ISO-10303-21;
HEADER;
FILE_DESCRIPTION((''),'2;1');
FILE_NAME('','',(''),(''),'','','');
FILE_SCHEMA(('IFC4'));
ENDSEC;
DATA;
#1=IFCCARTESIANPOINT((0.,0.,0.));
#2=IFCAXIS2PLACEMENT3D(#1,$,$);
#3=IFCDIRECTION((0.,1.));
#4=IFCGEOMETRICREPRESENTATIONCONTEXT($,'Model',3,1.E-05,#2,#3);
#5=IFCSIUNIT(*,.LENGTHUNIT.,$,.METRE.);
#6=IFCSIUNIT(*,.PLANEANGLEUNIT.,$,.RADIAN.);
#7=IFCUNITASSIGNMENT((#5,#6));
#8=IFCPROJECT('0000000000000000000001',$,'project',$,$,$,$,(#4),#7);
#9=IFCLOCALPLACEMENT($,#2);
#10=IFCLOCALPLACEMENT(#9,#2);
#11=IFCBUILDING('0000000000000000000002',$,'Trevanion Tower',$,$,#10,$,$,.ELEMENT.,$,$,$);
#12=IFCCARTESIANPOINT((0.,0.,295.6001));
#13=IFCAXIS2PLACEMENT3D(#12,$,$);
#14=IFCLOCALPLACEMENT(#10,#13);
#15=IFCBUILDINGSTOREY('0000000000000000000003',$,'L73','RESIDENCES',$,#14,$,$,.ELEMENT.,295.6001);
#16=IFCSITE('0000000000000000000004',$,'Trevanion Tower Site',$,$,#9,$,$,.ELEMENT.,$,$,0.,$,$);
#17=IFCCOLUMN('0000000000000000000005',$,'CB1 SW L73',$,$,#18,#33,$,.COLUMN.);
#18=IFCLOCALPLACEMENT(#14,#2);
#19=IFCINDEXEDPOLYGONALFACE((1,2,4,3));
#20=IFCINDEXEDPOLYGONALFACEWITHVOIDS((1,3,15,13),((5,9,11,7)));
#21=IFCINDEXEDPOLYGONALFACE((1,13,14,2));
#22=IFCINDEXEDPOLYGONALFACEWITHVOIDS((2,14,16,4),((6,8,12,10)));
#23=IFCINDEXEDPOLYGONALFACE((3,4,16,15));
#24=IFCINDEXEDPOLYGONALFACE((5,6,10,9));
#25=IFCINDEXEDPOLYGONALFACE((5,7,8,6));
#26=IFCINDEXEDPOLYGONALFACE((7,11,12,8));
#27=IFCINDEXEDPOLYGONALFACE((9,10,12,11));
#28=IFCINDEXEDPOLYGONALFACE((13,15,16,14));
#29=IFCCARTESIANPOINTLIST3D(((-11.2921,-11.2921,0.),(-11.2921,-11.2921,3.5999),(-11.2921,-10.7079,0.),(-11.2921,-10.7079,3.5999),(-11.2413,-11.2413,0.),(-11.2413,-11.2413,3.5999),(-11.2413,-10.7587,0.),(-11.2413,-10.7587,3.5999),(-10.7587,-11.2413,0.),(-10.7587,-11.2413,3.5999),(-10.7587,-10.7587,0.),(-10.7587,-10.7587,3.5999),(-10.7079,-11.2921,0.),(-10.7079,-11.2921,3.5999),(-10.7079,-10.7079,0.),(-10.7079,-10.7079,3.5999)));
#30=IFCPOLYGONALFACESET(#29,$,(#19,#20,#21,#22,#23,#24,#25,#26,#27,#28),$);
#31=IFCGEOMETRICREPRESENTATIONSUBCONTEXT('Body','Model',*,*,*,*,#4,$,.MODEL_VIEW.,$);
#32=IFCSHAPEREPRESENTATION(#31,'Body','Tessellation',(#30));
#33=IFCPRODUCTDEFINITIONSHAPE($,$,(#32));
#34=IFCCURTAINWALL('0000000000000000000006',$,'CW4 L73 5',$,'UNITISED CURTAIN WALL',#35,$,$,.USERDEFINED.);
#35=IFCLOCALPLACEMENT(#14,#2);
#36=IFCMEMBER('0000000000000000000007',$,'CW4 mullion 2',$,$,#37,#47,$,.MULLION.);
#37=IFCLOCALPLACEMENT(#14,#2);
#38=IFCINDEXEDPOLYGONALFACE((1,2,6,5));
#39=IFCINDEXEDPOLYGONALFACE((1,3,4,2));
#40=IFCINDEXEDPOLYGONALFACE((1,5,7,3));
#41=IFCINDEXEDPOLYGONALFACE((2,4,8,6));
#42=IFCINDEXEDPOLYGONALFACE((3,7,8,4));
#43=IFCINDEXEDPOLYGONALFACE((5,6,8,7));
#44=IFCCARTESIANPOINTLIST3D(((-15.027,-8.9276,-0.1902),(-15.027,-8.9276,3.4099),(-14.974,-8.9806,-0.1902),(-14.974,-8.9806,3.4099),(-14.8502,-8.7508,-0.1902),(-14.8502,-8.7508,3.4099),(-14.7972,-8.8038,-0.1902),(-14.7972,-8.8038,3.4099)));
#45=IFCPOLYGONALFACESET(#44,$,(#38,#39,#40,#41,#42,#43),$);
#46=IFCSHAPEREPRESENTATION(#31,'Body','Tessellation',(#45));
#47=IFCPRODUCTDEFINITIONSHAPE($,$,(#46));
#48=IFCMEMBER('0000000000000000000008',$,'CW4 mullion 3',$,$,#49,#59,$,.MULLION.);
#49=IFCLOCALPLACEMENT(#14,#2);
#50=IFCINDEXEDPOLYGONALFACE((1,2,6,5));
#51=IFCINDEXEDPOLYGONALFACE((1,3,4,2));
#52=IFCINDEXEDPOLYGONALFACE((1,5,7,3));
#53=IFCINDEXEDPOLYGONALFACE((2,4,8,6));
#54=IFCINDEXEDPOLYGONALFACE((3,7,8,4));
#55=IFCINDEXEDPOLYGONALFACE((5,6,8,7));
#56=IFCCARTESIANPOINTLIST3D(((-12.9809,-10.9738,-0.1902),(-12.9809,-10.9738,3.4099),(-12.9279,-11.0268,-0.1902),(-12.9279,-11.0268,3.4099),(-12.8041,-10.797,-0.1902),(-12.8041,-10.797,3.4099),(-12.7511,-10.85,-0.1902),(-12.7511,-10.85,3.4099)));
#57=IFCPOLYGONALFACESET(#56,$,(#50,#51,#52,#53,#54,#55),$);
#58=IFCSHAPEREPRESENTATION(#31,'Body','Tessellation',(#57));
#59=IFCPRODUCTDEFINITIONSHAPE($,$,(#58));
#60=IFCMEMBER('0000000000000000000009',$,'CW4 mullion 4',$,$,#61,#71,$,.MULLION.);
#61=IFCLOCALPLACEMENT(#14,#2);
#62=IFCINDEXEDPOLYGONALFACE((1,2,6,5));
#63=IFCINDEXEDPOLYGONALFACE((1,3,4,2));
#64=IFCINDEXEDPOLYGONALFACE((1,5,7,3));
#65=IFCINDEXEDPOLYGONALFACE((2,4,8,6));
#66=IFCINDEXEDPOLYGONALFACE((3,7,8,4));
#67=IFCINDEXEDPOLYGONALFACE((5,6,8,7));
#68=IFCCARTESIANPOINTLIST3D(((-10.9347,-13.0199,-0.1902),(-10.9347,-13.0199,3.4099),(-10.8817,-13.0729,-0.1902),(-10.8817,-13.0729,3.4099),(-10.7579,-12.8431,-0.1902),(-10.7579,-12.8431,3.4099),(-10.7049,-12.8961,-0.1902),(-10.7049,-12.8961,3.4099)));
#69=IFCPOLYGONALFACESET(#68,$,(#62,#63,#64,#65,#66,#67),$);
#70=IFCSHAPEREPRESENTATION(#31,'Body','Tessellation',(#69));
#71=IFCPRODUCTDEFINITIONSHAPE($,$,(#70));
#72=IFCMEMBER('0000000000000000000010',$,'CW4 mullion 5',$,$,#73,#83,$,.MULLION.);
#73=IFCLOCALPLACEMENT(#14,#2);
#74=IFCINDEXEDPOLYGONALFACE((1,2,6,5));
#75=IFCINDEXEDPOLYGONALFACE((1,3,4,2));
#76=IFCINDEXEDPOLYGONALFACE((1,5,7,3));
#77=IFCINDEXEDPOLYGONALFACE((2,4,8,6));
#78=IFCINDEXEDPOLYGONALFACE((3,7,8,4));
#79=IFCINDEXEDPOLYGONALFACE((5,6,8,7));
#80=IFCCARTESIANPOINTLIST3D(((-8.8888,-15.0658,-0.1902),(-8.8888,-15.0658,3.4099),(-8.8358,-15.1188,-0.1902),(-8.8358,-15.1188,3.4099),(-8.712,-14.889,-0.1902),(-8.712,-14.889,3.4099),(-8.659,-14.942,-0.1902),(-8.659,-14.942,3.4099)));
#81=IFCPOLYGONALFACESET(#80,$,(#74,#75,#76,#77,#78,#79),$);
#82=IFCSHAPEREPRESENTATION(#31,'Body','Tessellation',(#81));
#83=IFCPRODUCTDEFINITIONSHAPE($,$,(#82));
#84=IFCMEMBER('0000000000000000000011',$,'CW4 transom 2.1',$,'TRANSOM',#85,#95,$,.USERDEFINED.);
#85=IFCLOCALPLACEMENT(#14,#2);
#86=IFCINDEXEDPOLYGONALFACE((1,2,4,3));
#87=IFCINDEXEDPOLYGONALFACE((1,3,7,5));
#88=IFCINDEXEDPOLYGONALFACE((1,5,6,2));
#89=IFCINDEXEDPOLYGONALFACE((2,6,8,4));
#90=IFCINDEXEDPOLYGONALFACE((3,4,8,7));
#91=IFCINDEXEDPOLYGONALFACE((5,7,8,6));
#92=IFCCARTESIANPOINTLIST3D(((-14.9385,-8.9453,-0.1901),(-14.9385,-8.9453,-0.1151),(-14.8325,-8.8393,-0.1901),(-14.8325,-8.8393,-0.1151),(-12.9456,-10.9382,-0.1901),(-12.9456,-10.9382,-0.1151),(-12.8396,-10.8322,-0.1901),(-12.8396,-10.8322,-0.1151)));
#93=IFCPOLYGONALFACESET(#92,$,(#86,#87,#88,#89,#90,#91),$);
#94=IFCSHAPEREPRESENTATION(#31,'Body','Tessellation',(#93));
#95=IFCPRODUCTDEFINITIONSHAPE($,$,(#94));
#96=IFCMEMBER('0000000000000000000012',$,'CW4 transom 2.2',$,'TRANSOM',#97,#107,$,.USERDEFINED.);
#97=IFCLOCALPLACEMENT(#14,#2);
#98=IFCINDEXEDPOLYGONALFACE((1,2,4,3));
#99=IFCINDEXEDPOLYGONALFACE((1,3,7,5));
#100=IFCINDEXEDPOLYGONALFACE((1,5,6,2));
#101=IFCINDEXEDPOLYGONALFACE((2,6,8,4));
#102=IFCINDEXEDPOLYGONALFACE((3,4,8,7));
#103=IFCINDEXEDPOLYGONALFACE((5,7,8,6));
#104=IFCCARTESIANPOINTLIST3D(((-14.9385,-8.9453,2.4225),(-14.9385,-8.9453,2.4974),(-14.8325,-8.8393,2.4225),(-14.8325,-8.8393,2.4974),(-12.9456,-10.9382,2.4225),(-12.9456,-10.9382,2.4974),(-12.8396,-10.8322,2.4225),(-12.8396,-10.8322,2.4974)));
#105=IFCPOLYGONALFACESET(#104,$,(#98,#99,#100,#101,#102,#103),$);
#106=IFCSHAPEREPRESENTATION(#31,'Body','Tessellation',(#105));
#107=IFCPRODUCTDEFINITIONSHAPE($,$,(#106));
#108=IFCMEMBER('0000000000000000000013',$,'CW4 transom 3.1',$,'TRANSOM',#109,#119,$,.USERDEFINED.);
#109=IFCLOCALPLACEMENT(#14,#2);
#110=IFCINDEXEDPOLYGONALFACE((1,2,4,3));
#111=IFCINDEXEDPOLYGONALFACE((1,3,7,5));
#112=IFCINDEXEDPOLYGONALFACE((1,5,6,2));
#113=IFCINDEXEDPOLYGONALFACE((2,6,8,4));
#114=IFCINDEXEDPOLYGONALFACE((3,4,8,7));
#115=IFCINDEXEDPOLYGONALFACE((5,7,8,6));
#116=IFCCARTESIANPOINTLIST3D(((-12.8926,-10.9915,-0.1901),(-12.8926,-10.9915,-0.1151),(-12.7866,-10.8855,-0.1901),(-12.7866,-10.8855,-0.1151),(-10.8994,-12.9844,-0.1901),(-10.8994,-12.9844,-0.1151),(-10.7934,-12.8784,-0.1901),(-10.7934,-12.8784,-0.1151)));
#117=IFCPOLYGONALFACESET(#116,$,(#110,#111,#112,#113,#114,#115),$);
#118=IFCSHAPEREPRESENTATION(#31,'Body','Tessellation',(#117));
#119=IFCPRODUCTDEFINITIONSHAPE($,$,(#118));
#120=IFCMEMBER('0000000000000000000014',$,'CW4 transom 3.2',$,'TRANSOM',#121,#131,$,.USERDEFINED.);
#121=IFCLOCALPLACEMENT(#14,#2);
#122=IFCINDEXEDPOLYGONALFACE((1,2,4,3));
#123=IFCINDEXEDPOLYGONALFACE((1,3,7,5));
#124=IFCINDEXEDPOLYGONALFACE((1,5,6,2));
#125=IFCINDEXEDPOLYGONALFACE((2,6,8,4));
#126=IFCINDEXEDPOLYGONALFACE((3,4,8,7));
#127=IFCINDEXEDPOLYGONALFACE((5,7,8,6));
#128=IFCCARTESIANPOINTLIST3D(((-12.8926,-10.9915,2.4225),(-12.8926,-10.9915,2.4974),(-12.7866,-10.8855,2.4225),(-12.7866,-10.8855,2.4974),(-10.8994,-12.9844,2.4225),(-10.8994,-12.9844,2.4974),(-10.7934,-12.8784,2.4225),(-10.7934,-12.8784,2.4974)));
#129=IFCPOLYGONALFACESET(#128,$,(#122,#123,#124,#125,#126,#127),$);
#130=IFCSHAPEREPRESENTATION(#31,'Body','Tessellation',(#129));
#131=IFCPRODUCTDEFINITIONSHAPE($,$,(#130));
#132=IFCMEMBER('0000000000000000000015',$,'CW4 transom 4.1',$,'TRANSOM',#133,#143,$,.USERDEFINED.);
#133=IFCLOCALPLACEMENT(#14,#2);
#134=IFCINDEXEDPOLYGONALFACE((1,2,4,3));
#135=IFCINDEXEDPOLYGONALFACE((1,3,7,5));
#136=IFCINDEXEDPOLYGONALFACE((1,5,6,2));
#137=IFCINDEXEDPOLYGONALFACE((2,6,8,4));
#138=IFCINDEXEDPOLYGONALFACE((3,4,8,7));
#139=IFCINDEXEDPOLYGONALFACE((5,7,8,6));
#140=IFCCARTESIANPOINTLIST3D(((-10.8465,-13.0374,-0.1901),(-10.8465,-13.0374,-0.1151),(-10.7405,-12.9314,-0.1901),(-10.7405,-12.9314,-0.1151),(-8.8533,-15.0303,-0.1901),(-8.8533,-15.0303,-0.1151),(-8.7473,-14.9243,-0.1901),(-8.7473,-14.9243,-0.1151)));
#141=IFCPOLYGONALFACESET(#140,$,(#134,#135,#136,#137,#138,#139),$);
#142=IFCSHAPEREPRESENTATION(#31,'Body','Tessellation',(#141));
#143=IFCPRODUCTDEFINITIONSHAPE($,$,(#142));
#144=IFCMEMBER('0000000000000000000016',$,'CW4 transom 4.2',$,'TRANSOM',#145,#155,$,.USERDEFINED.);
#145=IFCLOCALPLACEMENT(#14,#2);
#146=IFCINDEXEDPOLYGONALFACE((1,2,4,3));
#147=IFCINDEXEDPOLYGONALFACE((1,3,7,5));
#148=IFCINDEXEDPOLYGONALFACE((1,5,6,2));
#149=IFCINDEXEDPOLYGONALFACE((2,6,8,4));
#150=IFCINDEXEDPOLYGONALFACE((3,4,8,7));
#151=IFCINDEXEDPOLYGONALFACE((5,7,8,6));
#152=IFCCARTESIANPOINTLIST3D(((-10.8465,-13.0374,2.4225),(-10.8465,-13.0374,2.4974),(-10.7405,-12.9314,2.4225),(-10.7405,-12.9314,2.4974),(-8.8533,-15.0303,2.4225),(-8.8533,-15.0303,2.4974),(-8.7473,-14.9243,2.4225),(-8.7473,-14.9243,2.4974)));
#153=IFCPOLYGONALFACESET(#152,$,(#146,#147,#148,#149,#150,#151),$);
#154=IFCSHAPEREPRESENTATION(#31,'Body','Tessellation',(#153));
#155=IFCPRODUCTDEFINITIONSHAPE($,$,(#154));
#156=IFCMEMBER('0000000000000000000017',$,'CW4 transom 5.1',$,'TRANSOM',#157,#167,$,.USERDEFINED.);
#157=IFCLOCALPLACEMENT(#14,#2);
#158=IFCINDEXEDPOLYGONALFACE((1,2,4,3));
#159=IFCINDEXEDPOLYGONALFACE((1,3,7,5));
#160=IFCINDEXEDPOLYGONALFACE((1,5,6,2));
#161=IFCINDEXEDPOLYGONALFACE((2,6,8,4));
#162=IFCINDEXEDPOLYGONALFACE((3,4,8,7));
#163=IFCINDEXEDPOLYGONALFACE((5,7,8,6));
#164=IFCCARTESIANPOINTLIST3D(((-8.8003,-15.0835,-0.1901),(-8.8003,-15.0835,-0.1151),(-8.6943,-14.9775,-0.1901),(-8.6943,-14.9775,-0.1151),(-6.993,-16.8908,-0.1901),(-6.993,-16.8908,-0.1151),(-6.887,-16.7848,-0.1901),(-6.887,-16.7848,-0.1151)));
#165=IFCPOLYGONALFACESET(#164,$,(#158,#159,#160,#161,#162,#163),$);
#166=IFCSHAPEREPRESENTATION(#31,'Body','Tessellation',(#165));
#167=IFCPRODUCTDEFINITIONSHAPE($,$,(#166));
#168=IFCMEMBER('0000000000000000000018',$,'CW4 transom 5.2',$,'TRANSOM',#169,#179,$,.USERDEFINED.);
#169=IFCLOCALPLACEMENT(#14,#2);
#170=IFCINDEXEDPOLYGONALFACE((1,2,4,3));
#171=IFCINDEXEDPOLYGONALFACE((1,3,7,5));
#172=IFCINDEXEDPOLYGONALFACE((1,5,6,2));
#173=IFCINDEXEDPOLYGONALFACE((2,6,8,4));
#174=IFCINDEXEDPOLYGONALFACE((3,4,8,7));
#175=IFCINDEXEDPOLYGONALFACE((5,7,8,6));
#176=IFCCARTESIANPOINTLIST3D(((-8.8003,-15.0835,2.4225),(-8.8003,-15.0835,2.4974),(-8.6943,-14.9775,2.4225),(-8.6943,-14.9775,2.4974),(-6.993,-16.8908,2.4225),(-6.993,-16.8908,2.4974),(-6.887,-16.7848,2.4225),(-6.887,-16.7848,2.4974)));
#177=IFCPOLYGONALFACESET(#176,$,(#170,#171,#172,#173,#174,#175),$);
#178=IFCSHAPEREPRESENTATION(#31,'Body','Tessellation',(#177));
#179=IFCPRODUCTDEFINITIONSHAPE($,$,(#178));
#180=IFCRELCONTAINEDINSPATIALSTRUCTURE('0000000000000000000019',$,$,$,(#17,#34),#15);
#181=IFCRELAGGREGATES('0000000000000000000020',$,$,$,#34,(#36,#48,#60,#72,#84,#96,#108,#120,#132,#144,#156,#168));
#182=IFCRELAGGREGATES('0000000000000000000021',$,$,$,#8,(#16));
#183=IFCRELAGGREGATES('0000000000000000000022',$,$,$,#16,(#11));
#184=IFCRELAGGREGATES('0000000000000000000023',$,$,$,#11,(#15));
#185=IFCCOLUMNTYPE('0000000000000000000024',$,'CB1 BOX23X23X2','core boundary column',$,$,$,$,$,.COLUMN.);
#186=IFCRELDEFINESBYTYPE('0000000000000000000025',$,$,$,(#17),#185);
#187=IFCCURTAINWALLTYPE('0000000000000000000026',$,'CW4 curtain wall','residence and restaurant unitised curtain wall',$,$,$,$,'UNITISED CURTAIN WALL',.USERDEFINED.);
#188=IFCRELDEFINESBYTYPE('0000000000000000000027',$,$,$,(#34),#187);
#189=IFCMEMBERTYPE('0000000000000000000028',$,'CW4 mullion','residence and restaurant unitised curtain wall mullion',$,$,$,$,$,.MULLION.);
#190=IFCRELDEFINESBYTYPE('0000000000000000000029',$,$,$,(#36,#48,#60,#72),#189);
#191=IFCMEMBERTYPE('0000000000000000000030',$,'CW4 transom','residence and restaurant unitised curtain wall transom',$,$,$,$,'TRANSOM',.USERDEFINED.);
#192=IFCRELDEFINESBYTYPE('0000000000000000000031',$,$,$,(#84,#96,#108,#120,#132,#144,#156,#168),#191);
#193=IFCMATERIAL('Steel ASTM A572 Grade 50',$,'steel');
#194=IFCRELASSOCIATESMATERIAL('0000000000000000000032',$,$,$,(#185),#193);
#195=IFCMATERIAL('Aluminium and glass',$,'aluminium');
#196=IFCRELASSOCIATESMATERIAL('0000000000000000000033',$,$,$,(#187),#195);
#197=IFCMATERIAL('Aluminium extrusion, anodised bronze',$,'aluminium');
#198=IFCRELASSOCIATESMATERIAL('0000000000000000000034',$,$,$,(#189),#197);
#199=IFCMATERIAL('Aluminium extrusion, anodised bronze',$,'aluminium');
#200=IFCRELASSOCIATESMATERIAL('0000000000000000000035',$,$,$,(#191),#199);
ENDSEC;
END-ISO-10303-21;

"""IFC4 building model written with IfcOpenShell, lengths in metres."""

from ifc_helpers import new_model, si_unit, direction, frame, origin, origin_2d, place, context, subcontext, project, spatial, rectangle, hollow_rectangle, extrude, material, material_profile, profile_set, type_object, element, aggregate, save


model = new_model("IFC4")

# Units and contexts
model_context = context("Model", 3, precision=1e-05, world=origin(), true_north=direction((0.0, 1.0)))
body_context = subcontext(model_context, "Body", "Model", "MODEL_VIEW")
ifc_project = project(units=[si_unit("LENGTHUNIT", "METRE"), si_unit("PLANEANGLEUNIT", "RADIAN")], contexts=[model_context])

# Site, building, storey
site_placement = place(None, origin())
site = spatial("IfcSite", under=ifc_project, at=site_placement, Name="Trevanion Tower Site", CompositionType="ELEMENT", RefElevation=0.0)
building_placement = place(site_placement, origin())
building = spatial("IfcBuilding", under=site, at=building_placement, Name="Trevanion Tower", CompositionType="ELEMENT")
storey_placement = place(building_placement, frame((0.0, 0.0, 295.6001)))
storey = spatial("IfcBuildingStorey", under=building, at=storey_placement, Name="L73", Description="RESIDENCES", CompositionType="ELEMENT", Elevation=295.6001)

# Column
ifc_material_1 = material(Name="Steel ASTM A572 Grade 50", Category="steel")
ifc_material_profile_1 = material_profile(ifc_material_1, hollow_rectangle(XDim=0.5842, YDim=0.5842, WallThickness=0.0508, at=origin_2d()), Name="BOX23X23X2")
ifc_profile_set_1 = profile_set([ifc_material_profile_1], Name="Steel ASTM A572 Grade 50")
column_type = type_object("IfcColumnType", Name="CB1 BOX23X23X2", Description="core boundary column", PredefinedType="COLUMN", material=ifc_profile_set_1)
column_placement = place(storey_placement, frame((-11.0, -11.0, 0.0), z_axis=(0.0, 0.0, 1.0), x_axis=(1.0, 0.0, 0.0)))
element("IfcColumn", 1, at=column_placement, inside=storey, type_object=column_type, Name="CB1 SW L73", PredefinedType="COLUMN", context=body_context, shape_type="SweptSolid", body=[
    extrude(hollow_rectangle(XDim=0.5842, YDim=0.5842, WallThickness=0.0508, at=origin_2d()), origin(), (0.0, 0.0, 1.0), 3.5999),
])

# Curtain wall, members
ifc_material_2 = material(Name="Aluminium and glass", Category="aluminium")
curtain_wall_type = type_object("IfcCurtainWallType", Name="CW4 curtain wall", Description="residence and restaurant unitised curtain wall", ElementType="UNITISED CURTAIN WALL", PredefinedType="USERDEFINED", material=ifc_material_2)
curtain_wall_placement = place(storey_placement, origin())
curtain_wall = element("IfcCurtainWall", 2, at=curtain_wall_placement, inside=storey, type_object=curtain_wall_type, Name="CW4 L73 5", ObjectType="UNITISED CURTAIN WALL", PredefinedType="USERDEFINED")
ifc_material_3 = material(Name="Aluminium extrusion, anodised bronze", Category="aluminium")
ifc_material_profile_2 = material_profile(ifc_material_3, rectangle(XDim=0.075, YDim=0.25, at=origin_2d()), Name="CW4 mullion")
ifc_profile_set_2 = profile_set([ifc_material_profile_2], Name="Aluminium extrusion, anodised bronze")
member_type_1 = type_object("IfcMemberType", Name="CW4 mullion", Description="residence and restaurant unitised curtain wall mullion", PredefinedType="MULLION", material=ifc_profile_set_2)
member_1_placement = place(storey_placement, frame((-14.9121, -8.8657, -0.1902), z_axis=(0.0, 0.0, 1.0), x_axis=(0.707107, -0.707107, 0.0)))
member_1 = element("IfcMember", 3, at=member_1_placement, type_object=member_type_1, Name="CW4 mullion 2", PredefinedType="MULLION", context=body_context, shape_type="SweptSolid", body=[
    extrude(rectangle(XDim=0.075, YDim=0.25, at=origin_2d()), origin(), (0.0, 0.0, 1.0), 3.6001),
])
member_2_placement = place(storey_placement, frame((-12.866, -10.9119, -0.1902), z_axis=(0.0, 0.0, 1.0), x_axis=(0.707107, -0.707107, 0.0)))
member_2 = element("IfcMember", 4, at=member_2_placement, type_object=member_type_1, Name="CW4 mullion 3", PredefinedType="MULLION", context=body_context, shape_type="SweptSolid", body=[
    extrude(rectangle(XDim=0.075, YDim=0.25, at=origin_2d()), origin(), (0.0, 0.0, 1.0), 3.6001),
])
member_3_placement = place(storey_placement, frame((-10.8198, -12.958, -0.1902), z_axis=(0.0, 0.0, 1.0), x_axis=(0.707107, -0.707107, 0.0)))
member_3 = element("IfcMember", 5, at=member_3_placement, type_object=member_type_1, Name="CW4 mullion 4", PredefinedType="MULLION", context=body_context, shape_type="SweptSolid", body=[
    extrude(rectangle(XDim=0.075, YDim=0.25, at=origin_2d()), origin(), (0.0, 0.0, 1.0), 3.6001),
])
member_4_placement = place(storey_placement, frame((-8.7739, -15.0039, -0.1902), z_axis=(0.0, 0.0, 1.0), x_axis=(0.707107, -0.707107, 0.0)))
member_4 = element("IfcMember", 6, at=member_4_placement, type_object=member_type_1, Name="CW4 mullion 5", PredefinedType="MULLION", context=body_context, shape_type="SweptSolid", body=[
    extrude(rectangle(XDim=0.075, YDim=0.25, at=origin_2d()), origin(), (0.0, 0.0, 1.0), 3.6001),
])
ifc_material_4 = material(Name="Aluminium extrusion, anodised bronze", Category="aluminium")
ifc_material_profile_3 = material_profile(ifc_material_4, rectangle(XDim=0.1499, YDim=0.075, at=origin_2d()), Name="CW4 transom")
ifc_profile_set_3 = profile_set([ifc_material_profile_3], Name="Aluminium extrusion, anodised bronze")
member_type_2 = type_object("IfcMemberType", Name="CW4 transom", Description="residence and restaurant unitised curtain wall transom", ElementType="TRANSOM", PredefinedType="USERDEFINED", material=ifc_profile_set_3)
member_5_placement = place(storey_placement, frame((-14.8855, -8.8923, -0.1526), z_axis=(0.707107, -0.707107, 0.0), x_axis=(0.707107, 0.707107, 0.0)))
member_5 = element("IfcMember", 7, at=member_5_placement, type_object=member_type_2, Name="CW4 transom 2.1", ObjectType="TRANSOM", PredefinedType="USERDEFINED", context=body_context, shape_type="SweptSolid", body=[
    extrude(rectangle(XDim=0.1499, YDim=0.075, at=origin_2d()), origin(), (0.0, 0.0, 1.0), 2.8184),
])
member_6_placement = place(storey_placement, frame((-14.8855, -8.8923, 2.46), z_axis=(0.707107, -0.707107, 0.0), x_axis=(0.707107, 0.707107, 0.0)))
member_6 = element("IfcMember", 8, at=member_6_placement, type_object=member_type_2, Name="CW4 transom 2.2", ObjectType="TRANSOM", PredefinedType="USERDEFINED", context=body_context, shape_type="SweptSolid", body=[
    extrude(rectangle(XDim=0.1499, YDim=0.075, at=origin_2d()), origin(), (0.0, 0.0, 1.0), 2.8184),
])
member_7_placement = place(storey_placement, frame((-12.8396, -10.9385, -0.1526), z_axis=(0.70715, -0.707063, 0.0), x_axis=(0.707063, 0.70715, 0.0)))
member_7 = element("IfcMember", 9, at=member_7_placement, type_object=member_type_2, Name="CW4 transom 3.1", ObjectType="TRANSOM", PredefinedType="USERDEFINED", context=body_context, shape_type="SweptSolid", body=[
    extrude(rectangle(XDim=0.1499, YDim=0.075, at=origin_2d()), origin(), (0.0, 0.0, 1.0), 2.8186),
])
member_8_placement = place(storey_placement, frame((-12.8396, -10.9385, 2.46), z_axis=(0.70715, -0.707063, 0.0), x_axis=(0.707063, 0.70715, 0.0)))
member_8 = element("IfcMember", 10, at=member_8_placement, type_object=member_type_2, Name="CW4 transom 3.2", ObjectType="TRANSOM", PredefinedType="USERDEFINED", context=body_context, shape_type="SweptSolid", body=[
    extrude(rectangle(XDim=0.1499, YDim=0.075, at=origin_2d()), origin(), (0.0, 0.0, 1.0), 2.8186),
])
member_9_placement = place(storey_placement, frame((-10.7935, -12.9844, -0.1526), z_axis=(0.70715, -0.707063, 0.0), x_axis=(0.707063, 0.70715, 0.0)))
member_9 = element("IfcMember", 11, at=member_9_placement, type_object=member_type_2, Name="CW4 transom 4.1", ObjectType="TRANSOM", PredefinedType="USERDEFINED", context=body_context, shape_type="SweptSolid", body=[
    extrude(rectangle(XDim=0.1499, YDim=0.075, at=origin_2d()), origin(), (0.0, 0.0, 1.0), 2.8186),
])
member_10_placement = place(storey_placement, frame((-10.7935, -12.9844, 2.46), z_axis=(0.70715, -0.707063, 0.0), x_axis=(0.707063, 0.70715, 0.0)))
member_10 = element("IfcMember", 12, at=member_10_placement, type_object=member_type_2, Name="CW4 transom 4.2", ObjectType="TRANSOM", PredefinedType="USERDEFINED", context=body_context, shape_type="SweptSolid", body=[
    extrude(rectangle(XDim=0.1499, YDim=0.075, at=origin_2d()), origin(), (0.0, 0.0, 1.0), 2.8186),
])
member_11_placement = place(storey_placement, frame((-8.7473, -15.0305, -0.1526), z_axis=(0.707107, -0.707107, 0.0), x_axis=(0.707107, 0.707107, 0.0)))
member_11 = element("IfcMember", 13, at=member_11_placement, type_object=member_type_2, Name="CW4 transom 5.1", ObjectType="TRANSOM", PredefinedType="USERDEFINED", context=body_context, shape_type="SweptSolid", body=[
    extrude(rectangle(XDim=0.1499, YDim=0.075, at=origin_2d()), origin(), (0.0, 0.0, 1.0), 2.5559),
])
member_12_placement = place(storey_placement, frame((-8.7473, -15.0305, 2.46), z_axis=(0.707107, -0.707107, 0.0), x_axis=(0.707107, 0.707107, 0.0)))
member_12 = element("IfcMember", 14, at=member_12_placement, type_object=member_type_2, Name="CW4 transom 5.2", ObjectType="TRANSOM", PredefinedType="USERDEFINED", context=body_context, shape_type="SweptSolid", body=[
    extrude(rectangle(XDim=0.1499, YDim=0.075, at=origin_2d()), origin(), (0.0, 0.0, 1.0), 2.5559),
])

aggregate(curtain_wall, [member_1, member_2, member_3, member_4, member_5, member_6, member_7, member_8, member_9, member_10, member_11, member_12])

save(model, "model.ifc")
